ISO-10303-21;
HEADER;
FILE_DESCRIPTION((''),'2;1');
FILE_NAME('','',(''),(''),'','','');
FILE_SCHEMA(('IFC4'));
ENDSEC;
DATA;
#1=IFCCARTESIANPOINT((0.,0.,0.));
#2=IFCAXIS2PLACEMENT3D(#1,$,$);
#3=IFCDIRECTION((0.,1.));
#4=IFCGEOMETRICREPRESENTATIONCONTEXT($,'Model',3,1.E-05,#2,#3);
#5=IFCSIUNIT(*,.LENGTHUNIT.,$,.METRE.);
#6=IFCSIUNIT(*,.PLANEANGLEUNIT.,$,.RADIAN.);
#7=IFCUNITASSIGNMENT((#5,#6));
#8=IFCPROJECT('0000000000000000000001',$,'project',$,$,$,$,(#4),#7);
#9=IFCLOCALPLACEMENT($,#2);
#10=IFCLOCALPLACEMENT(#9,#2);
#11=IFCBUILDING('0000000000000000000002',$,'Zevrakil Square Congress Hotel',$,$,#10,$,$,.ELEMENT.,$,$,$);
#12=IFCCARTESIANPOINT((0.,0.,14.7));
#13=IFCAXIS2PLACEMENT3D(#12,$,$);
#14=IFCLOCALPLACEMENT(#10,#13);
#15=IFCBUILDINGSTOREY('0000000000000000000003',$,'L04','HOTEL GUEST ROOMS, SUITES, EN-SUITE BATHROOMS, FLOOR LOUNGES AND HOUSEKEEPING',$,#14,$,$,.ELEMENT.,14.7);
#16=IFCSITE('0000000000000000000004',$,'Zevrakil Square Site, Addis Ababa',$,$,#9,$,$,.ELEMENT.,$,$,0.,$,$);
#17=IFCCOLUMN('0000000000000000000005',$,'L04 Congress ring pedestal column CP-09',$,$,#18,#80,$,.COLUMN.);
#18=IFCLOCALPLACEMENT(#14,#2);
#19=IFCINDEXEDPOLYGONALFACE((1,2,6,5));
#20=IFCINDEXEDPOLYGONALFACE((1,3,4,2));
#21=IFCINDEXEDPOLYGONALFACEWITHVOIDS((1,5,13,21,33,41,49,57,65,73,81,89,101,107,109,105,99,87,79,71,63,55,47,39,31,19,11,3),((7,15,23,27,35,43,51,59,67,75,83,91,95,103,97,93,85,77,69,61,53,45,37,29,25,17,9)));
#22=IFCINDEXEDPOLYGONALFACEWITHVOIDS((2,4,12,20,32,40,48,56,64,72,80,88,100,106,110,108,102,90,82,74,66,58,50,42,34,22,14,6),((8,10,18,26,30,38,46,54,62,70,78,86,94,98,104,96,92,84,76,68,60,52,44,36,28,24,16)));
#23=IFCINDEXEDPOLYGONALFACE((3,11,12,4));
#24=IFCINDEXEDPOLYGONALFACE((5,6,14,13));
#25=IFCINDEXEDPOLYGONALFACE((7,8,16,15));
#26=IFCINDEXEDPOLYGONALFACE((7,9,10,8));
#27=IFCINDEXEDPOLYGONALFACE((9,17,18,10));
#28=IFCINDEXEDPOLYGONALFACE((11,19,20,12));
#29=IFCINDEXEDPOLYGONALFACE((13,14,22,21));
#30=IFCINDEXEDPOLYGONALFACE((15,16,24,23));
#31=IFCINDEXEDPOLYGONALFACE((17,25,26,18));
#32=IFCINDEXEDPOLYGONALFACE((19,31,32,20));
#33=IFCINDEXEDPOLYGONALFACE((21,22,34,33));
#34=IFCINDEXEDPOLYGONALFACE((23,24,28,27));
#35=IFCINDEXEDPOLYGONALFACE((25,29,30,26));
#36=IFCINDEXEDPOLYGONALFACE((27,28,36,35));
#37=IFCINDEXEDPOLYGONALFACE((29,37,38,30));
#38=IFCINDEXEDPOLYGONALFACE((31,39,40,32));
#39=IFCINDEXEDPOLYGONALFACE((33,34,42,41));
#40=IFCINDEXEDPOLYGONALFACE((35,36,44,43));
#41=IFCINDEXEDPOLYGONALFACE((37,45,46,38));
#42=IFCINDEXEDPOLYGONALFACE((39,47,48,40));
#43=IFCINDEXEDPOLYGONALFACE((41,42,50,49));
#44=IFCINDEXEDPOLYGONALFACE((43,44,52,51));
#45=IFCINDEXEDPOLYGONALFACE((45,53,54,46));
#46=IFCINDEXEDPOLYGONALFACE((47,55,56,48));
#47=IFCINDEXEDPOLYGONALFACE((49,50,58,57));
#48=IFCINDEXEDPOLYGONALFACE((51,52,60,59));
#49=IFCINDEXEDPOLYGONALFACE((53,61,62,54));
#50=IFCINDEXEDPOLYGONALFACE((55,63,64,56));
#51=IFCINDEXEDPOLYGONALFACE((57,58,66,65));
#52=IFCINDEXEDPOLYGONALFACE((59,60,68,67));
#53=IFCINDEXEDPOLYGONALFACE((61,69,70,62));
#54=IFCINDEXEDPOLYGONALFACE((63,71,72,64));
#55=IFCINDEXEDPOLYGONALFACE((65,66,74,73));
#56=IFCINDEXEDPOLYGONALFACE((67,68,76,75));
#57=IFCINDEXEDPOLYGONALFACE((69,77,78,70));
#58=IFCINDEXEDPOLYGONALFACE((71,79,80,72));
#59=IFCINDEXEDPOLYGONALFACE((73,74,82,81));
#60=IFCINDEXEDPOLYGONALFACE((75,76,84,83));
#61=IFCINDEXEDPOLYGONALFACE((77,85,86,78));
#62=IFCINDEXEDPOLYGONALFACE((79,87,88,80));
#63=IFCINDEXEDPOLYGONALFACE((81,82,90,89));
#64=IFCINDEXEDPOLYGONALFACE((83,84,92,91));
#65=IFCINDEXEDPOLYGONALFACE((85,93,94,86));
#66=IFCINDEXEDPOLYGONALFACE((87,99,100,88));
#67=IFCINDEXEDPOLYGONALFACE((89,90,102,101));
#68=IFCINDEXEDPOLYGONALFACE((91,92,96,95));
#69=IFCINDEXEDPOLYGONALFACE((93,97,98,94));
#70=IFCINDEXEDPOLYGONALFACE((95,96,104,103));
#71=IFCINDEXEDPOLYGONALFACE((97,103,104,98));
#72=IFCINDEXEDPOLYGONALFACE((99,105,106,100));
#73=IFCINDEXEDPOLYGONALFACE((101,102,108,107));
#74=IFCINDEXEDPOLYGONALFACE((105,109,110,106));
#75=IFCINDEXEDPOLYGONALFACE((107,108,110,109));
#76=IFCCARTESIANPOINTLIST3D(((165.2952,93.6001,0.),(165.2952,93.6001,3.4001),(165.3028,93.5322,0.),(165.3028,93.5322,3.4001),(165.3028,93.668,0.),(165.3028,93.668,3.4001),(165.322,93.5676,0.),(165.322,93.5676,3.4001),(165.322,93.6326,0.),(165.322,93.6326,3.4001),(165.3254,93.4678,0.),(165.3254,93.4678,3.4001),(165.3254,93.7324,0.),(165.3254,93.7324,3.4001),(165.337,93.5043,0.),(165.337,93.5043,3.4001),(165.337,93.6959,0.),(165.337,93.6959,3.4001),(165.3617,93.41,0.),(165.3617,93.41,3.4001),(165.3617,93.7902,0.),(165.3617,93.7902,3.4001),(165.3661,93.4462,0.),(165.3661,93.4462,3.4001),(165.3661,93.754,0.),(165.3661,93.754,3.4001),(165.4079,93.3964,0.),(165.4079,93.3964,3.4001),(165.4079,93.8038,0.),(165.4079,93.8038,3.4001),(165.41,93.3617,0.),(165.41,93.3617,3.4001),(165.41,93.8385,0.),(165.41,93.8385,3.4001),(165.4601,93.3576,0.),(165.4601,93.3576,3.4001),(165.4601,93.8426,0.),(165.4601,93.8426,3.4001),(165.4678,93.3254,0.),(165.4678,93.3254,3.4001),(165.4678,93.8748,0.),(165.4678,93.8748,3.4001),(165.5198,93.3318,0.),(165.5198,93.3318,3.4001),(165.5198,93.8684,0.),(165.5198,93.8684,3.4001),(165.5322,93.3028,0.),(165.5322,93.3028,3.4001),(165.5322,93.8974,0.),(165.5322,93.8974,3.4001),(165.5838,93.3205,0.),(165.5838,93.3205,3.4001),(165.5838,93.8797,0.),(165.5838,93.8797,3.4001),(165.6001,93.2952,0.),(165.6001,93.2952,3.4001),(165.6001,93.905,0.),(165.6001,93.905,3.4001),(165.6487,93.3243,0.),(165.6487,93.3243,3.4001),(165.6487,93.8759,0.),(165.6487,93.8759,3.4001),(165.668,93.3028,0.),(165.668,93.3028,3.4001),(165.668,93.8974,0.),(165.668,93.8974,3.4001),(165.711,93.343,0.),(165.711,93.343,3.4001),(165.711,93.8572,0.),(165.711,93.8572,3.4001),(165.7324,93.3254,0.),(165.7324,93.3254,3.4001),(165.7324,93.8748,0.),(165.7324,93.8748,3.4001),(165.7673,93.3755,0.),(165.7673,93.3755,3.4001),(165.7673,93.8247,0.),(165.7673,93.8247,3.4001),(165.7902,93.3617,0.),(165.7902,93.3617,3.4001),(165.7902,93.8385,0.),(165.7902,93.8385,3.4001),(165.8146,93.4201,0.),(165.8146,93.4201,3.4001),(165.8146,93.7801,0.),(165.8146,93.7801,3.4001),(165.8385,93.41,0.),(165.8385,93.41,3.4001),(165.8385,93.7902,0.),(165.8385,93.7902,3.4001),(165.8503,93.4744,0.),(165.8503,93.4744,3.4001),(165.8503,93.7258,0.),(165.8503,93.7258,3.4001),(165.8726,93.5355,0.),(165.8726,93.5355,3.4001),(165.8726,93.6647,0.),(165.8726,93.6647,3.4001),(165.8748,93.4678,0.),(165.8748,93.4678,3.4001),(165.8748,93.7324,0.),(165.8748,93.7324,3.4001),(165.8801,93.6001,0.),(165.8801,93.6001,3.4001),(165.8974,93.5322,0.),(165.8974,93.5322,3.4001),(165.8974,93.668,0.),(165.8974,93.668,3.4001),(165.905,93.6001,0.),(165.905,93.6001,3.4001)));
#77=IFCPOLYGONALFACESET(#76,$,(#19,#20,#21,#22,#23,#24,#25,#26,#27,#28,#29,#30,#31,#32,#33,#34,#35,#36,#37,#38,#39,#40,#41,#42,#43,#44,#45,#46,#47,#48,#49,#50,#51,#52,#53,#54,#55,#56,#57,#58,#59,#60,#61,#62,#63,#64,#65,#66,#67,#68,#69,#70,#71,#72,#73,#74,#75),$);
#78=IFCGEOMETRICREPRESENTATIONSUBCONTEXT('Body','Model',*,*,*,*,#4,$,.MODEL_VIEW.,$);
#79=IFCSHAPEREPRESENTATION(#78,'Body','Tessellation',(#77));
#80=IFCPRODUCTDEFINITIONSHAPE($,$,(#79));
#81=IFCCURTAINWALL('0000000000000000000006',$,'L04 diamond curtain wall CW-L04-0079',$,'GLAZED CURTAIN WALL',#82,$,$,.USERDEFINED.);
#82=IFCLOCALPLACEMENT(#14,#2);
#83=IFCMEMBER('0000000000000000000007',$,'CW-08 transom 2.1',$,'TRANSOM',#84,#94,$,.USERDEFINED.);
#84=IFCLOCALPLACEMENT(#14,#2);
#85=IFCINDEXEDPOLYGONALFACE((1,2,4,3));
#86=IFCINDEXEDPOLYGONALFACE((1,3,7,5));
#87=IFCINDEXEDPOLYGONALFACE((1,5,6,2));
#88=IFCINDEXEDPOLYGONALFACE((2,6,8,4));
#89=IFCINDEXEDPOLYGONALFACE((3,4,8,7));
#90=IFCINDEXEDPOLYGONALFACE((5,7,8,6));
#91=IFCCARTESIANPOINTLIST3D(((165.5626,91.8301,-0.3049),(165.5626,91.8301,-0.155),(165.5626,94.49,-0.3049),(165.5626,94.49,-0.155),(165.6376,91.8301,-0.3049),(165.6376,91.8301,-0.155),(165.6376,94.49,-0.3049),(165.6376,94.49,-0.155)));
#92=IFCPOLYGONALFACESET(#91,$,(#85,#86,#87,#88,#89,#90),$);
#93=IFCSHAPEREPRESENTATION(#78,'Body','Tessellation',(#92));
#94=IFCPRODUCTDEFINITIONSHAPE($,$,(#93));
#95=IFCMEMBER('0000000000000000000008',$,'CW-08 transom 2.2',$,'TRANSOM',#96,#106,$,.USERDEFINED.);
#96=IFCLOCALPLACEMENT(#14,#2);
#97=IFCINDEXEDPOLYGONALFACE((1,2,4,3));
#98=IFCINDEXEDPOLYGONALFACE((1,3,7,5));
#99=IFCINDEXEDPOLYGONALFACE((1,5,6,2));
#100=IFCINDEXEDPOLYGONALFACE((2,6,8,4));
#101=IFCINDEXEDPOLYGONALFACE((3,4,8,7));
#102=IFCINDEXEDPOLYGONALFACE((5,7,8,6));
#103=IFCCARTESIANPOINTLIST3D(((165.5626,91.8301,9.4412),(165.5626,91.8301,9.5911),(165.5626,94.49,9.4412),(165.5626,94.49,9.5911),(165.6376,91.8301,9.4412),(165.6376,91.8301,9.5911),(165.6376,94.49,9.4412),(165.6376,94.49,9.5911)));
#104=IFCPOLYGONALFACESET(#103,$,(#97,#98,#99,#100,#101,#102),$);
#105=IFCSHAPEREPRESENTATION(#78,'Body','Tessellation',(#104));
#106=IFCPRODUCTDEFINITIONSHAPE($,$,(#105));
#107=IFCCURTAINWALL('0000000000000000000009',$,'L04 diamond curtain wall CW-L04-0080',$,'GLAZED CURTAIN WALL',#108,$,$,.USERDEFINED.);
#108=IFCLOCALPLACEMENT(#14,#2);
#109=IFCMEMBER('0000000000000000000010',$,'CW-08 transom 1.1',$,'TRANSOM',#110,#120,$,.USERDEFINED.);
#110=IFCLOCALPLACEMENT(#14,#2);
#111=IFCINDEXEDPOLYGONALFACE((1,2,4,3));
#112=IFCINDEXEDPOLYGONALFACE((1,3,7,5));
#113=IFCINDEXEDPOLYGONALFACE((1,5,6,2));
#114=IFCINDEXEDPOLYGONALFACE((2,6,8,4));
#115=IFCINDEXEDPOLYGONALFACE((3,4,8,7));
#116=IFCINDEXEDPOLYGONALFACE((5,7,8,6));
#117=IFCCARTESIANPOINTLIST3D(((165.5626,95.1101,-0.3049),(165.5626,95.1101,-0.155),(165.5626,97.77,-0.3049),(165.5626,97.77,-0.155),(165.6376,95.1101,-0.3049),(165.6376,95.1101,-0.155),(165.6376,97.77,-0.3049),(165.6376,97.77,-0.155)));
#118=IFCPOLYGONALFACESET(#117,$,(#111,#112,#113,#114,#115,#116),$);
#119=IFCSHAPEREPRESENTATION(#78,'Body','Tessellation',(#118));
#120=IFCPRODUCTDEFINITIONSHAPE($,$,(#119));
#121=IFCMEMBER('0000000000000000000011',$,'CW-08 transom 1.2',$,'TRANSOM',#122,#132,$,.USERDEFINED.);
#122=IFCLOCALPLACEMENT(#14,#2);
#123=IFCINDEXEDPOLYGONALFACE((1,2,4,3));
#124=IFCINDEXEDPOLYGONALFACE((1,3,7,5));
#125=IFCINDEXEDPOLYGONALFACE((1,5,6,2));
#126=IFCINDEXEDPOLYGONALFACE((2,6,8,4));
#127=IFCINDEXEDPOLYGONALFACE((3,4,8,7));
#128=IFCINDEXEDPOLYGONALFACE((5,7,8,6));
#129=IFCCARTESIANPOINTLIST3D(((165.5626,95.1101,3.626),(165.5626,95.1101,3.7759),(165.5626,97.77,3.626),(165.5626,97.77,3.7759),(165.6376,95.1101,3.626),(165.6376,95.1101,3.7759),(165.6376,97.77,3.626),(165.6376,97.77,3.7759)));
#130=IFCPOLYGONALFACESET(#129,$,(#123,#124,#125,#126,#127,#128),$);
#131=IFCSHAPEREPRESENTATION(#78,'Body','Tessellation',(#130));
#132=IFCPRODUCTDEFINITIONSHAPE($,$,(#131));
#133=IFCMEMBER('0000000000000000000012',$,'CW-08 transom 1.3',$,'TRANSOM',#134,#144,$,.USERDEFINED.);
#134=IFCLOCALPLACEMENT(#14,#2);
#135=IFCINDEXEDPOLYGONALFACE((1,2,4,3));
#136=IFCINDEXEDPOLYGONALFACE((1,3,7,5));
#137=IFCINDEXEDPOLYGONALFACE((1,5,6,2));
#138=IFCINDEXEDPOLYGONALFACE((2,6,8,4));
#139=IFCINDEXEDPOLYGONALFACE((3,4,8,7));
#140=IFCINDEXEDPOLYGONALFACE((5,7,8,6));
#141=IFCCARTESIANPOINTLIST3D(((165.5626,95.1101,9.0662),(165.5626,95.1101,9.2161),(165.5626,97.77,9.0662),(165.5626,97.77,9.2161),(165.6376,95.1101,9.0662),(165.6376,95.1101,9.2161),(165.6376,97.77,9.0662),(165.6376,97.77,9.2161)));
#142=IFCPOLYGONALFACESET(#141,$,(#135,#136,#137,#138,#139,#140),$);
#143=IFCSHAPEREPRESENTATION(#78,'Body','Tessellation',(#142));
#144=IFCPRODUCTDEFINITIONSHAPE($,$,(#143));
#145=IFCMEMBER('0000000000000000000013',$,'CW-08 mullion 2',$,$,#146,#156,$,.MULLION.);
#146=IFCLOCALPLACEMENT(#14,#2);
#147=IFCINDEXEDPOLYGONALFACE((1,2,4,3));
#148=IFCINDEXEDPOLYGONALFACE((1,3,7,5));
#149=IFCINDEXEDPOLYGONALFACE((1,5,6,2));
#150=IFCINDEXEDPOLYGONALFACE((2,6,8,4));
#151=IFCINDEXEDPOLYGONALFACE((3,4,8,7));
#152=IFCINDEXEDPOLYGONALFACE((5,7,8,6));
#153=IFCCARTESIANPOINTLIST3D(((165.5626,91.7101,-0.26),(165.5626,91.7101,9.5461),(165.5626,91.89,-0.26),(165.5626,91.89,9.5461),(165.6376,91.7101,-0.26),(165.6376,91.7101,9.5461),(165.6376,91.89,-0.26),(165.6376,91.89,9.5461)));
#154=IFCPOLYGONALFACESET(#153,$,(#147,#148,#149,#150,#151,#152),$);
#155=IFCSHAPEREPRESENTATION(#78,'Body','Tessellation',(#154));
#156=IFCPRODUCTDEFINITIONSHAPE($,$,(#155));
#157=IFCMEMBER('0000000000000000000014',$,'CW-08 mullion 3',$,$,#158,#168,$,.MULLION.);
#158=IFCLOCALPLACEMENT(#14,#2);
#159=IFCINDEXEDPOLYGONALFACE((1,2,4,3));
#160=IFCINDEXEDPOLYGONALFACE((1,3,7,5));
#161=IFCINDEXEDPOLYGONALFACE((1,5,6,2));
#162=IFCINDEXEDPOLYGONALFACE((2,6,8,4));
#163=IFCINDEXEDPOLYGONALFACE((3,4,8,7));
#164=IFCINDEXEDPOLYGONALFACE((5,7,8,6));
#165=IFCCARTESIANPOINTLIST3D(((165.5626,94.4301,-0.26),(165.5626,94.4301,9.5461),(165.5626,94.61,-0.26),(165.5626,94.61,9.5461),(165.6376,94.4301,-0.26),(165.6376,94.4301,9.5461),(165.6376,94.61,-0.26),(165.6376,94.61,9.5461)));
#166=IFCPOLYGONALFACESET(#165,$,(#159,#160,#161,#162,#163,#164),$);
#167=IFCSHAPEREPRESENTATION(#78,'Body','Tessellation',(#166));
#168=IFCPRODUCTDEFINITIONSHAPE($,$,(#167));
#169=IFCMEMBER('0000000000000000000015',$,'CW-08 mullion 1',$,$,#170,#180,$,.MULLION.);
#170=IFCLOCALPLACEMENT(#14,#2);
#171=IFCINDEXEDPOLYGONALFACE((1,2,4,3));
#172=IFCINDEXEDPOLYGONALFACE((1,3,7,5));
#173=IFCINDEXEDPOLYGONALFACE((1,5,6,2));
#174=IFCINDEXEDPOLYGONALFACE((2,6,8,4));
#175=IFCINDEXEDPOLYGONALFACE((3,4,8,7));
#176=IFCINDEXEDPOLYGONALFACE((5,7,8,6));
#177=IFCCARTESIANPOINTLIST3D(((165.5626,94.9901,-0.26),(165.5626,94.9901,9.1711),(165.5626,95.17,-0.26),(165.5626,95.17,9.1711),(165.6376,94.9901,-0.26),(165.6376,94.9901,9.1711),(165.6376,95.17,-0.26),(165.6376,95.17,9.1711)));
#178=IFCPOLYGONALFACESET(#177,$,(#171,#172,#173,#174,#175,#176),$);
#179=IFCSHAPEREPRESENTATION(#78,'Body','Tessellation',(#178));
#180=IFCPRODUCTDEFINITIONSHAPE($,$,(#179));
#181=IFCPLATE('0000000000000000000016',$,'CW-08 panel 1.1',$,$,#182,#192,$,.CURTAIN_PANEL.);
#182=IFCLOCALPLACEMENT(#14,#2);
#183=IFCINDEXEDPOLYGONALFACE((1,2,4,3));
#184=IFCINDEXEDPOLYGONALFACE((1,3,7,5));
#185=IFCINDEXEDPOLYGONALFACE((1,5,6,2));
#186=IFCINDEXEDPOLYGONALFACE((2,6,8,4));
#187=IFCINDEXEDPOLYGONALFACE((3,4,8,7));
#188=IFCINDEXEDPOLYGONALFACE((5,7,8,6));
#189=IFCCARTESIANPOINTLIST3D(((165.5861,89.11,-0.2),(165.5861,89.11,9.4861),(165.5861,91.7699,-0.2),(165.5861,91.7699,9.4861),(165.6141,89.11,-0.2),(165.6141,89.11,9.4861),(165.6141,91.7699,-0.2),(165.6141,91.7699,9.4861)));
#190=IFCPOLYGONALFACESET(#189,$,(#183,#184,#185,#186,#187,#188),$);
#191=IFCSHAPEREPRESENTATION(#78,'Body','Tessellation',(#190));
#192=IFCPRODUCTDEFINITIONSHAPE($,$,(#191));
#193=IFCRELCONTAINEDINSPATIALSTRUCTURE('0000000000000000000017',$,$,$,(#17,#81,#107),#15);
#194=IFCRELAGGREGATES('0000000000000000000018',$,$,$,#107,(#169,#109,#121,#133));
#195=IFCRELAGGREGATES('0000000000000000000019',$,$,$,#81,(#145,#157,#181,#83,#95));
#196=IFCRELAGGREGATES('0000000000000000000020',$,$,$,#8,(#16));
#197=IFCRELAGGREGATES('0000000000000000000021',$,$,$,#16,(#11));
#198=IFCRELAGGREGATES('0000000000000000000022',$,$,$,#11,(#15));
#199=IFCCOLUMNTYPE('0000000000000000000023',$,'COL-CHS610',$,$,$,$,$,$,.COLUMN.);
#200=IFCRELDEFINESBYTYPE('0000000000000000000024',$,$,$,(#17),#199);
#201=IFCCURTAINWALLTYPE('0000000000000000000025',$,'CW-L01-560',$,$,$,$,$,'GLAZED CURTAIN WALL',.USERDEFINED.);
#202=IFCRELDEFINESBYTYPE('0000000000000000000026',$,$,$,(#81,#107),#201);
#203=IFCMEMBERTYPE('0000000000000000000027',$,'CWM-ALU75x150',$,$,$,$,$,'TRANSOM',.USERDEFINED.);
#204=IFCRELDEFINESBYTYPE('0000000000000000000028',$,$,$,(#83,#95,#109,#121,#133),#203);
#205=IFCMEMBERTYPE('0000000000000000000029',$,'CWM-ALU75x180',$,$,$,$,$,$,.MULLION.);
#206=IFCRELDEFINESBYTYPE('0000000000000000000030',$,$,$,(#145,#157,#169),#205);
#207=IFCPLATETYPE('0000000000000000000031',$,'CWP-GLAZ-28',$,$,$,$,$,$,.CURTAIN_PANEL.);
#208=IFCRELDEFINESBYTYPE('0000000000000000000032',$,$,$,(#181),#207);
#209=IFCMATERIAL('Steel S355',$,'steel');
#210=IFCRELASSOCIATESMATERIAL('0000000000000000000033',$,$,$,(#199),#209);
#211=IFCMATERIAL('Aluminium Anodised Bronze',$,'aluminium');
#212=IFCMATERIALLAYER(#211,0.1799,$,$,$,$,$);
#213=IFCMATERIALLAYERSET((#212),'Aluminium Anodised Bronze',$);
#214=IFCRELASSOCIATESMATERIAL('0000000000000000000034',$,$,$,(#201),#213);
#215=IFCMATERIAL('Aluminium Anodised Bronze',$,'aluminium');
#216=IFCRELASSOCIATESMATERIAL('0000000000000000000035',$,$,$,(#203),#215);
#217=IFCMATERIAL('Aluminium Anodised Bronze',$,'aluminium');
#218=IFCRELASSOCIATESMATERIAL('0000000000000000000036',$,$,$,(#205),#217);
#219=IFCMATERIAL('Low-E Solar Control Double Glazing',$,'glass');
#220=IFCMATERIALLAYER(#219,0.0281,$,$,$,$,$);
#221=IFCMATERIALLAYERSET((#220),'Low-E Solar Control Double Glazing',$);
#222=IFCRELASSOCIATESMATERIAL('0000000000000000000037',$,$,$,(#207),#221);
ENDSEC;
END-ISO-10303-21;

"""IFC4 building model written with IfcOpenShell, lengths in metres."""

from ifc_helpers import new_model, si_unit, direction, frame, origin, origin_2d, place, context, subcontext, project, spatial, rectangle, hollow_circle, extrude, material, layer, layer_set, material_profile, profile_set, type_object, element, aggregate, save


model = new_model("IFC4")

# Units and contexts
model_context = context("Model", 3, precision=1e-05, world=origin(), true_north=direction((0.0, 1.0)))
body_context = subcontext(model_context, "Body", "Model", "MODEL_VIEW")
ifc_project = project(units=[si_unit("LENGTHUNIT", "METRE"), si_unit("PLANEANGLEUNIT", "RADIAN")], contexts=[model_context])

# Site, building, storey
site_placement = place(None, origin())
site = spatial("IfcSite", under=ifc_project, at=site_placement, Name="Zevrakil Square Site, Addis Ababa", CompositionType="ELEMENT", RefElevation=0.0)
building_placement = place(site_placement, origin())
building = spatial("IfcBuilding", under=site, at=building_placement, Name="Zevrakil Square Congress Hotel", CompositionType="ELEMENT")
storey_placement = place(building_placement, frame((0.0, 0.0, 14.7)))
storey = spatial("IfcBuildingStorey", under=building, at=storey_placement, Name="L04", Description="HOTEL GUEST ROOMS, SUITES, EN-SUITE BATHROOMS, FLOOR LOUNGES AND HOUSEKEEPING", CompositionType="ELEMENT", Elevation=14.7)

# Column
ifc_material_1 = material(Name="Steel S355", Category="steel")
ifc_material_profile_1 = material_profile(ifc_material_1, hollow_circle(Radius=0.3049, WallThickness=0.0249, at=origin_2d()), Name="CHS 610x25")
ifc_profile_set_1 = profile_set([ifc_material_profile_1], Name="Steel S355")
column_type = type_object("IfcColumnType", Name="COL-CHS610", PredefinedType="COLUMN", material=ifc_profile_set_1)
column_placement = place(storey_placement, frame((165.6001, 93.6001, 0.0), z_axis=(0.0, 0.0, 1.0), x_axis=(1.0, 0.0, 0.0)))
element("IfcColumn", 1, at=column_placement, inside=storey, type_object=column_type, Name="L04 Congress ring pedestal column CP-09", PredefinedType="COLUMN", context=body_context, shape_type="SweptSolid", body=[
    extrude(hollow_circle(Radius=0.3049, WallThickness=0.0249, at=origin_2d()), origin(), (0.0, 0.0, 1.0), 3.4001),
])

# Curtain walls, members
ifc_material_2 = material(Name="Aluminium Anodised Bronze", Category="aluminium")
ifc_layer_1 = layer(ifc_material_2, 0.1799)
ifc_layer_set_1 = layer_set([ifc_layer_1], Name="Aluminium Anodised Bronze")
curtain_wall_type = type_object("IfcCurtainWallType", Name="CW-L01-560", ElementType="GLAZED CURTAIN WALL", PredefinedType="USERDEFINED", material=ifc_layer_set_1)
curtain_wall_1_placement = place(storey_placement, origin())
curtain_wall_1 = element("IfcCurtainWall", 2, at=curtain_wall_1_placement, inside=storey, type_object=curtain_wall_type, Name="L04 diamond curtain wall CW-L04-0079", ObjectType="GLAZED CURTAIN WALL", PredefinedType="USERDEFINED")
ifc_material_3 = material(Name="Aluminium Anodised Bronze", Category="aluminium")
ifc_material_profile_2 = material_profile(ifc_material_3, rectangle(XDim=0.075, YDim=0.1499, at=origin_2d()), Name="ALU 75x150")
ifc_profile_set_2 = profile_set([ifc_material_profile_2], Name="Aluminium Anodised Bronze")
member_type_1 = type_object("IfcMemberType", Name="CWM-ALU75x150", ElementType="TRANSOM", PredefinedType="USERDEFINED", material=ifc_profile_set_2)
member_1_placement = place(storey_placement, frame((165.6001, 91.8301, -0.23), z_axis=(0.0, 1.0, 0.0), x_axis=(-1.0, 0.0, 0.0)))
member_1 = element("IfcMember", 3, at=member_1_placement, type_object=member_type_1, Name="CW-08 transom 2.1", ObjectType="TRANSOM", PredefinedType="USERDEFINED", context=body_context, shape_type="SweptSolid", body=[
    extrude(rectangle(XDim=0.075, YDim=0.1499, at=origin_2d()), origin(), (0.0, 0.0, 1.0), 2.6599),
])
member_2_placement = place(storey_placement, frame((165.6001, 91.8301, 9.5161), z_axis=(0.0, 1.0, 0.0), x_axis=(-1.0, 0.0, 0.0)))
member_2 = element("IfcMember", 4, at=member_2_placement, type_object=member_type_1, Name="CW-08 transom 2.2", ObjectType="TRANSOM", PredefinedType="USERDEFINED", context=body_context, shape_type="SweptSolid", body=[
    extrude(rectangle(XDim=0.075, YDim=0.1499, at=origin_2d()), origin(), (0.0, 0.0, 1.0), 2.6599),
])
curtain_wall_2_placement = place(storey_placement, origin())
curtain_wall_2 = element("IfcCurtainWall", 5, at=curtain_wall_2_placement, inside=storey, type_object=curtain_wall_type, Name="L04 diamond curtain wall CW-L04-0080", ObjectType="GLAZED CURTAIN WALL", PredefinedType="USERDEFINED")
member_3_placement = place(storey_placement, frame((165.6001, 95.1101, -0.23), z_axis=(0.0, 1.0, 0.0), x_axis=(-1.0, 0.0, 0.0)))
member_3 = element("IfcMember", 6, at=member_3_placement, type_object=member_type_1, Name="CW-08 transom 1.1", ObjectType="TRANSOM", PredefinedType="USERDEFINED", context=body_context, shape_type="SweptSolid", body=[
    extrude(rectangle(XDim=0.075, YDim=0.1499, at=origin_2d()), origin(), (0.0, 0.0, 1.0), 2.6599),
])
member_4_placement = place(storey_placement, frame((165.6001, 95.1101, 3.7009), z_axis=(0.0, 1.0, 0.0), x_axis=(-1.0, 0.0, 0.0)))
member_4 = element("IfcMember", 7, at=member_4_placement, type_object=member_type_1, Name="CW-08 transom 1.2", ObjectType="TRANSOM", PredefinedType="USERDEFINED", context=body_context, shape_type="SweptSolid", body=[
    extrude(rectangle(XDim=0.075, YDim=0.1499, at=origin_2d()), origin(), (0.0, 0.0, 1.0), 2.6599),
])
member_5_placement = place(storey_placement, frame((165.6001, 95.1101, 9.1411), z_axis=(0.0, 1.0, 0.0), x_axis=(-1.0, 0.0, 0.0)))
member_5 = element("IfcMember", 8, at=member_5_placement, type_object=member_type_1, Name="CW-08 transom 1.3", ObjectType="TRANSOM", PredefinedType="USERDEFINED", context=body_context, shape_type="SweptSolid", body=[
    extrude(rectangle(XDim=0.075, YDim=0.1499, at=origin_2d()), origin(), (0.0, 0.0, 1.0), 2.6599),
])

# Members
ifc_material_4 = material(Name="Aluminium Anodised Bronze", Category="aluminium")
ifc_material_profile_3 = material_profile(ifc_material_4, rectangle(XDim=0.075, YDim=0.1799, at=origin_2d()), Name="ALU 75x180")
ifc_profile_set_3 = profile_set([ifc_material_profile_3], Name="Aluminium Anodised Bronze")
member_type_2 = type_object("IfcMemberType", Name="CWM-ALU75x180", PredefinedType="MULLION", material=ifc_profile_set_3)
member_6_placement = place(storey_placement, frame((165.6001, 91.8, -0.26), z_axis=(0.0, 0.0, 1.0), x_axis=(-1.0, 0.0, 0.0)))
member_6 = element("IfcMember", 9, at=member_6_placement, type_object=member_type_2, Name="CW-08 mullion 2", PredefinedType="MULLION", context=body_context, shape_type="SweptSolid", body=[
    extrude(rectangle(XDim=0.075, YDim=0.1799, at=origin_2d()), origin(), (0.0, 0.0, 1.0), 9.8062),
])
member_7_placement = place(storey_placement, frame((165.6001, 94.52, -0.26), z_axis=(0.0, 0.0, 1.0), x_axis=(-1.0, 0.0, 0.0)))
member_7 = element("IfcMember", 10, at=member_7_placement, type_object=member_type_2, Name="CW-08 mullion 3", PredefinedType="MULLION", context=body_context, shape_type="SweptSolid", body=[
    extrude(rectangle(XDim=0.075, YDim=0.1799, at=origin_2d()), origin(), (0.0, 0.0, 1.0), 9.8062),
])
member_8_placement = place(storey_placement, frame((165.6001, 95.0801, -0.26), z_axis=(0.0, 0.0, 1.0), x_axis=(-1.0, 0.0, 0.0)))
member_8 = element("IfcMember", 11, at=member_8_placement, type_object=member_type_2, Name="CW-08 mullion 1", PredefinedType="MULLION", context=body_context, shape_type="SweptSolid", body=[
    extrude(rectangle(XDim=0.075, YDim=0.1799, at=origin_2d()), origin(), (0.0, 0.0, 1.0), 9.4312),
])
aggregate(curtain_wall_2, [member_8, member_3, member_4, member_5])

# Plate
ifc_material_5 = material(Name="Low-E Solar Control Double Glazing", Category="glass")
ifc_layer_2 = layer(ifc_material_5, 0.0281)
ifc_layer_set_2 = layer_set([ifc_layer_2], Name="Low-E Solar Control Double Glazing")
plate_type_1 = type_object("IfcPlateType", Name="CWP-GLAZ-28", PredefinedType="CURTAIN_PANEL", material=ifc_layer_set_2)
plate_1_placement = place(storey_placement, frame((165.6001, 90.4399, -0.2), z_axis=(0.0, 0.0, 1.0), x_axis=(0.0, 1.0, 0.0)))
plate_1 = element("IfcPlate", 12, at=plate_1_placement, type_object=plate_type_1, Name="CW-08 panel 1.1", PredefinedType="CURTAIN_PANEL", context=body_context, shape_type="SweptSolid", body=[
    extrude(rectangle(XDim=2.6599, YDim=0.0281, at=origin_2d()), origin(), (0.0, 0.0, 1.0), 9.686),
])
aggregate(curtain_wall_1, [member_6, member_7, plate_1, member_1, member_2])

save(model, "model.ifc")
